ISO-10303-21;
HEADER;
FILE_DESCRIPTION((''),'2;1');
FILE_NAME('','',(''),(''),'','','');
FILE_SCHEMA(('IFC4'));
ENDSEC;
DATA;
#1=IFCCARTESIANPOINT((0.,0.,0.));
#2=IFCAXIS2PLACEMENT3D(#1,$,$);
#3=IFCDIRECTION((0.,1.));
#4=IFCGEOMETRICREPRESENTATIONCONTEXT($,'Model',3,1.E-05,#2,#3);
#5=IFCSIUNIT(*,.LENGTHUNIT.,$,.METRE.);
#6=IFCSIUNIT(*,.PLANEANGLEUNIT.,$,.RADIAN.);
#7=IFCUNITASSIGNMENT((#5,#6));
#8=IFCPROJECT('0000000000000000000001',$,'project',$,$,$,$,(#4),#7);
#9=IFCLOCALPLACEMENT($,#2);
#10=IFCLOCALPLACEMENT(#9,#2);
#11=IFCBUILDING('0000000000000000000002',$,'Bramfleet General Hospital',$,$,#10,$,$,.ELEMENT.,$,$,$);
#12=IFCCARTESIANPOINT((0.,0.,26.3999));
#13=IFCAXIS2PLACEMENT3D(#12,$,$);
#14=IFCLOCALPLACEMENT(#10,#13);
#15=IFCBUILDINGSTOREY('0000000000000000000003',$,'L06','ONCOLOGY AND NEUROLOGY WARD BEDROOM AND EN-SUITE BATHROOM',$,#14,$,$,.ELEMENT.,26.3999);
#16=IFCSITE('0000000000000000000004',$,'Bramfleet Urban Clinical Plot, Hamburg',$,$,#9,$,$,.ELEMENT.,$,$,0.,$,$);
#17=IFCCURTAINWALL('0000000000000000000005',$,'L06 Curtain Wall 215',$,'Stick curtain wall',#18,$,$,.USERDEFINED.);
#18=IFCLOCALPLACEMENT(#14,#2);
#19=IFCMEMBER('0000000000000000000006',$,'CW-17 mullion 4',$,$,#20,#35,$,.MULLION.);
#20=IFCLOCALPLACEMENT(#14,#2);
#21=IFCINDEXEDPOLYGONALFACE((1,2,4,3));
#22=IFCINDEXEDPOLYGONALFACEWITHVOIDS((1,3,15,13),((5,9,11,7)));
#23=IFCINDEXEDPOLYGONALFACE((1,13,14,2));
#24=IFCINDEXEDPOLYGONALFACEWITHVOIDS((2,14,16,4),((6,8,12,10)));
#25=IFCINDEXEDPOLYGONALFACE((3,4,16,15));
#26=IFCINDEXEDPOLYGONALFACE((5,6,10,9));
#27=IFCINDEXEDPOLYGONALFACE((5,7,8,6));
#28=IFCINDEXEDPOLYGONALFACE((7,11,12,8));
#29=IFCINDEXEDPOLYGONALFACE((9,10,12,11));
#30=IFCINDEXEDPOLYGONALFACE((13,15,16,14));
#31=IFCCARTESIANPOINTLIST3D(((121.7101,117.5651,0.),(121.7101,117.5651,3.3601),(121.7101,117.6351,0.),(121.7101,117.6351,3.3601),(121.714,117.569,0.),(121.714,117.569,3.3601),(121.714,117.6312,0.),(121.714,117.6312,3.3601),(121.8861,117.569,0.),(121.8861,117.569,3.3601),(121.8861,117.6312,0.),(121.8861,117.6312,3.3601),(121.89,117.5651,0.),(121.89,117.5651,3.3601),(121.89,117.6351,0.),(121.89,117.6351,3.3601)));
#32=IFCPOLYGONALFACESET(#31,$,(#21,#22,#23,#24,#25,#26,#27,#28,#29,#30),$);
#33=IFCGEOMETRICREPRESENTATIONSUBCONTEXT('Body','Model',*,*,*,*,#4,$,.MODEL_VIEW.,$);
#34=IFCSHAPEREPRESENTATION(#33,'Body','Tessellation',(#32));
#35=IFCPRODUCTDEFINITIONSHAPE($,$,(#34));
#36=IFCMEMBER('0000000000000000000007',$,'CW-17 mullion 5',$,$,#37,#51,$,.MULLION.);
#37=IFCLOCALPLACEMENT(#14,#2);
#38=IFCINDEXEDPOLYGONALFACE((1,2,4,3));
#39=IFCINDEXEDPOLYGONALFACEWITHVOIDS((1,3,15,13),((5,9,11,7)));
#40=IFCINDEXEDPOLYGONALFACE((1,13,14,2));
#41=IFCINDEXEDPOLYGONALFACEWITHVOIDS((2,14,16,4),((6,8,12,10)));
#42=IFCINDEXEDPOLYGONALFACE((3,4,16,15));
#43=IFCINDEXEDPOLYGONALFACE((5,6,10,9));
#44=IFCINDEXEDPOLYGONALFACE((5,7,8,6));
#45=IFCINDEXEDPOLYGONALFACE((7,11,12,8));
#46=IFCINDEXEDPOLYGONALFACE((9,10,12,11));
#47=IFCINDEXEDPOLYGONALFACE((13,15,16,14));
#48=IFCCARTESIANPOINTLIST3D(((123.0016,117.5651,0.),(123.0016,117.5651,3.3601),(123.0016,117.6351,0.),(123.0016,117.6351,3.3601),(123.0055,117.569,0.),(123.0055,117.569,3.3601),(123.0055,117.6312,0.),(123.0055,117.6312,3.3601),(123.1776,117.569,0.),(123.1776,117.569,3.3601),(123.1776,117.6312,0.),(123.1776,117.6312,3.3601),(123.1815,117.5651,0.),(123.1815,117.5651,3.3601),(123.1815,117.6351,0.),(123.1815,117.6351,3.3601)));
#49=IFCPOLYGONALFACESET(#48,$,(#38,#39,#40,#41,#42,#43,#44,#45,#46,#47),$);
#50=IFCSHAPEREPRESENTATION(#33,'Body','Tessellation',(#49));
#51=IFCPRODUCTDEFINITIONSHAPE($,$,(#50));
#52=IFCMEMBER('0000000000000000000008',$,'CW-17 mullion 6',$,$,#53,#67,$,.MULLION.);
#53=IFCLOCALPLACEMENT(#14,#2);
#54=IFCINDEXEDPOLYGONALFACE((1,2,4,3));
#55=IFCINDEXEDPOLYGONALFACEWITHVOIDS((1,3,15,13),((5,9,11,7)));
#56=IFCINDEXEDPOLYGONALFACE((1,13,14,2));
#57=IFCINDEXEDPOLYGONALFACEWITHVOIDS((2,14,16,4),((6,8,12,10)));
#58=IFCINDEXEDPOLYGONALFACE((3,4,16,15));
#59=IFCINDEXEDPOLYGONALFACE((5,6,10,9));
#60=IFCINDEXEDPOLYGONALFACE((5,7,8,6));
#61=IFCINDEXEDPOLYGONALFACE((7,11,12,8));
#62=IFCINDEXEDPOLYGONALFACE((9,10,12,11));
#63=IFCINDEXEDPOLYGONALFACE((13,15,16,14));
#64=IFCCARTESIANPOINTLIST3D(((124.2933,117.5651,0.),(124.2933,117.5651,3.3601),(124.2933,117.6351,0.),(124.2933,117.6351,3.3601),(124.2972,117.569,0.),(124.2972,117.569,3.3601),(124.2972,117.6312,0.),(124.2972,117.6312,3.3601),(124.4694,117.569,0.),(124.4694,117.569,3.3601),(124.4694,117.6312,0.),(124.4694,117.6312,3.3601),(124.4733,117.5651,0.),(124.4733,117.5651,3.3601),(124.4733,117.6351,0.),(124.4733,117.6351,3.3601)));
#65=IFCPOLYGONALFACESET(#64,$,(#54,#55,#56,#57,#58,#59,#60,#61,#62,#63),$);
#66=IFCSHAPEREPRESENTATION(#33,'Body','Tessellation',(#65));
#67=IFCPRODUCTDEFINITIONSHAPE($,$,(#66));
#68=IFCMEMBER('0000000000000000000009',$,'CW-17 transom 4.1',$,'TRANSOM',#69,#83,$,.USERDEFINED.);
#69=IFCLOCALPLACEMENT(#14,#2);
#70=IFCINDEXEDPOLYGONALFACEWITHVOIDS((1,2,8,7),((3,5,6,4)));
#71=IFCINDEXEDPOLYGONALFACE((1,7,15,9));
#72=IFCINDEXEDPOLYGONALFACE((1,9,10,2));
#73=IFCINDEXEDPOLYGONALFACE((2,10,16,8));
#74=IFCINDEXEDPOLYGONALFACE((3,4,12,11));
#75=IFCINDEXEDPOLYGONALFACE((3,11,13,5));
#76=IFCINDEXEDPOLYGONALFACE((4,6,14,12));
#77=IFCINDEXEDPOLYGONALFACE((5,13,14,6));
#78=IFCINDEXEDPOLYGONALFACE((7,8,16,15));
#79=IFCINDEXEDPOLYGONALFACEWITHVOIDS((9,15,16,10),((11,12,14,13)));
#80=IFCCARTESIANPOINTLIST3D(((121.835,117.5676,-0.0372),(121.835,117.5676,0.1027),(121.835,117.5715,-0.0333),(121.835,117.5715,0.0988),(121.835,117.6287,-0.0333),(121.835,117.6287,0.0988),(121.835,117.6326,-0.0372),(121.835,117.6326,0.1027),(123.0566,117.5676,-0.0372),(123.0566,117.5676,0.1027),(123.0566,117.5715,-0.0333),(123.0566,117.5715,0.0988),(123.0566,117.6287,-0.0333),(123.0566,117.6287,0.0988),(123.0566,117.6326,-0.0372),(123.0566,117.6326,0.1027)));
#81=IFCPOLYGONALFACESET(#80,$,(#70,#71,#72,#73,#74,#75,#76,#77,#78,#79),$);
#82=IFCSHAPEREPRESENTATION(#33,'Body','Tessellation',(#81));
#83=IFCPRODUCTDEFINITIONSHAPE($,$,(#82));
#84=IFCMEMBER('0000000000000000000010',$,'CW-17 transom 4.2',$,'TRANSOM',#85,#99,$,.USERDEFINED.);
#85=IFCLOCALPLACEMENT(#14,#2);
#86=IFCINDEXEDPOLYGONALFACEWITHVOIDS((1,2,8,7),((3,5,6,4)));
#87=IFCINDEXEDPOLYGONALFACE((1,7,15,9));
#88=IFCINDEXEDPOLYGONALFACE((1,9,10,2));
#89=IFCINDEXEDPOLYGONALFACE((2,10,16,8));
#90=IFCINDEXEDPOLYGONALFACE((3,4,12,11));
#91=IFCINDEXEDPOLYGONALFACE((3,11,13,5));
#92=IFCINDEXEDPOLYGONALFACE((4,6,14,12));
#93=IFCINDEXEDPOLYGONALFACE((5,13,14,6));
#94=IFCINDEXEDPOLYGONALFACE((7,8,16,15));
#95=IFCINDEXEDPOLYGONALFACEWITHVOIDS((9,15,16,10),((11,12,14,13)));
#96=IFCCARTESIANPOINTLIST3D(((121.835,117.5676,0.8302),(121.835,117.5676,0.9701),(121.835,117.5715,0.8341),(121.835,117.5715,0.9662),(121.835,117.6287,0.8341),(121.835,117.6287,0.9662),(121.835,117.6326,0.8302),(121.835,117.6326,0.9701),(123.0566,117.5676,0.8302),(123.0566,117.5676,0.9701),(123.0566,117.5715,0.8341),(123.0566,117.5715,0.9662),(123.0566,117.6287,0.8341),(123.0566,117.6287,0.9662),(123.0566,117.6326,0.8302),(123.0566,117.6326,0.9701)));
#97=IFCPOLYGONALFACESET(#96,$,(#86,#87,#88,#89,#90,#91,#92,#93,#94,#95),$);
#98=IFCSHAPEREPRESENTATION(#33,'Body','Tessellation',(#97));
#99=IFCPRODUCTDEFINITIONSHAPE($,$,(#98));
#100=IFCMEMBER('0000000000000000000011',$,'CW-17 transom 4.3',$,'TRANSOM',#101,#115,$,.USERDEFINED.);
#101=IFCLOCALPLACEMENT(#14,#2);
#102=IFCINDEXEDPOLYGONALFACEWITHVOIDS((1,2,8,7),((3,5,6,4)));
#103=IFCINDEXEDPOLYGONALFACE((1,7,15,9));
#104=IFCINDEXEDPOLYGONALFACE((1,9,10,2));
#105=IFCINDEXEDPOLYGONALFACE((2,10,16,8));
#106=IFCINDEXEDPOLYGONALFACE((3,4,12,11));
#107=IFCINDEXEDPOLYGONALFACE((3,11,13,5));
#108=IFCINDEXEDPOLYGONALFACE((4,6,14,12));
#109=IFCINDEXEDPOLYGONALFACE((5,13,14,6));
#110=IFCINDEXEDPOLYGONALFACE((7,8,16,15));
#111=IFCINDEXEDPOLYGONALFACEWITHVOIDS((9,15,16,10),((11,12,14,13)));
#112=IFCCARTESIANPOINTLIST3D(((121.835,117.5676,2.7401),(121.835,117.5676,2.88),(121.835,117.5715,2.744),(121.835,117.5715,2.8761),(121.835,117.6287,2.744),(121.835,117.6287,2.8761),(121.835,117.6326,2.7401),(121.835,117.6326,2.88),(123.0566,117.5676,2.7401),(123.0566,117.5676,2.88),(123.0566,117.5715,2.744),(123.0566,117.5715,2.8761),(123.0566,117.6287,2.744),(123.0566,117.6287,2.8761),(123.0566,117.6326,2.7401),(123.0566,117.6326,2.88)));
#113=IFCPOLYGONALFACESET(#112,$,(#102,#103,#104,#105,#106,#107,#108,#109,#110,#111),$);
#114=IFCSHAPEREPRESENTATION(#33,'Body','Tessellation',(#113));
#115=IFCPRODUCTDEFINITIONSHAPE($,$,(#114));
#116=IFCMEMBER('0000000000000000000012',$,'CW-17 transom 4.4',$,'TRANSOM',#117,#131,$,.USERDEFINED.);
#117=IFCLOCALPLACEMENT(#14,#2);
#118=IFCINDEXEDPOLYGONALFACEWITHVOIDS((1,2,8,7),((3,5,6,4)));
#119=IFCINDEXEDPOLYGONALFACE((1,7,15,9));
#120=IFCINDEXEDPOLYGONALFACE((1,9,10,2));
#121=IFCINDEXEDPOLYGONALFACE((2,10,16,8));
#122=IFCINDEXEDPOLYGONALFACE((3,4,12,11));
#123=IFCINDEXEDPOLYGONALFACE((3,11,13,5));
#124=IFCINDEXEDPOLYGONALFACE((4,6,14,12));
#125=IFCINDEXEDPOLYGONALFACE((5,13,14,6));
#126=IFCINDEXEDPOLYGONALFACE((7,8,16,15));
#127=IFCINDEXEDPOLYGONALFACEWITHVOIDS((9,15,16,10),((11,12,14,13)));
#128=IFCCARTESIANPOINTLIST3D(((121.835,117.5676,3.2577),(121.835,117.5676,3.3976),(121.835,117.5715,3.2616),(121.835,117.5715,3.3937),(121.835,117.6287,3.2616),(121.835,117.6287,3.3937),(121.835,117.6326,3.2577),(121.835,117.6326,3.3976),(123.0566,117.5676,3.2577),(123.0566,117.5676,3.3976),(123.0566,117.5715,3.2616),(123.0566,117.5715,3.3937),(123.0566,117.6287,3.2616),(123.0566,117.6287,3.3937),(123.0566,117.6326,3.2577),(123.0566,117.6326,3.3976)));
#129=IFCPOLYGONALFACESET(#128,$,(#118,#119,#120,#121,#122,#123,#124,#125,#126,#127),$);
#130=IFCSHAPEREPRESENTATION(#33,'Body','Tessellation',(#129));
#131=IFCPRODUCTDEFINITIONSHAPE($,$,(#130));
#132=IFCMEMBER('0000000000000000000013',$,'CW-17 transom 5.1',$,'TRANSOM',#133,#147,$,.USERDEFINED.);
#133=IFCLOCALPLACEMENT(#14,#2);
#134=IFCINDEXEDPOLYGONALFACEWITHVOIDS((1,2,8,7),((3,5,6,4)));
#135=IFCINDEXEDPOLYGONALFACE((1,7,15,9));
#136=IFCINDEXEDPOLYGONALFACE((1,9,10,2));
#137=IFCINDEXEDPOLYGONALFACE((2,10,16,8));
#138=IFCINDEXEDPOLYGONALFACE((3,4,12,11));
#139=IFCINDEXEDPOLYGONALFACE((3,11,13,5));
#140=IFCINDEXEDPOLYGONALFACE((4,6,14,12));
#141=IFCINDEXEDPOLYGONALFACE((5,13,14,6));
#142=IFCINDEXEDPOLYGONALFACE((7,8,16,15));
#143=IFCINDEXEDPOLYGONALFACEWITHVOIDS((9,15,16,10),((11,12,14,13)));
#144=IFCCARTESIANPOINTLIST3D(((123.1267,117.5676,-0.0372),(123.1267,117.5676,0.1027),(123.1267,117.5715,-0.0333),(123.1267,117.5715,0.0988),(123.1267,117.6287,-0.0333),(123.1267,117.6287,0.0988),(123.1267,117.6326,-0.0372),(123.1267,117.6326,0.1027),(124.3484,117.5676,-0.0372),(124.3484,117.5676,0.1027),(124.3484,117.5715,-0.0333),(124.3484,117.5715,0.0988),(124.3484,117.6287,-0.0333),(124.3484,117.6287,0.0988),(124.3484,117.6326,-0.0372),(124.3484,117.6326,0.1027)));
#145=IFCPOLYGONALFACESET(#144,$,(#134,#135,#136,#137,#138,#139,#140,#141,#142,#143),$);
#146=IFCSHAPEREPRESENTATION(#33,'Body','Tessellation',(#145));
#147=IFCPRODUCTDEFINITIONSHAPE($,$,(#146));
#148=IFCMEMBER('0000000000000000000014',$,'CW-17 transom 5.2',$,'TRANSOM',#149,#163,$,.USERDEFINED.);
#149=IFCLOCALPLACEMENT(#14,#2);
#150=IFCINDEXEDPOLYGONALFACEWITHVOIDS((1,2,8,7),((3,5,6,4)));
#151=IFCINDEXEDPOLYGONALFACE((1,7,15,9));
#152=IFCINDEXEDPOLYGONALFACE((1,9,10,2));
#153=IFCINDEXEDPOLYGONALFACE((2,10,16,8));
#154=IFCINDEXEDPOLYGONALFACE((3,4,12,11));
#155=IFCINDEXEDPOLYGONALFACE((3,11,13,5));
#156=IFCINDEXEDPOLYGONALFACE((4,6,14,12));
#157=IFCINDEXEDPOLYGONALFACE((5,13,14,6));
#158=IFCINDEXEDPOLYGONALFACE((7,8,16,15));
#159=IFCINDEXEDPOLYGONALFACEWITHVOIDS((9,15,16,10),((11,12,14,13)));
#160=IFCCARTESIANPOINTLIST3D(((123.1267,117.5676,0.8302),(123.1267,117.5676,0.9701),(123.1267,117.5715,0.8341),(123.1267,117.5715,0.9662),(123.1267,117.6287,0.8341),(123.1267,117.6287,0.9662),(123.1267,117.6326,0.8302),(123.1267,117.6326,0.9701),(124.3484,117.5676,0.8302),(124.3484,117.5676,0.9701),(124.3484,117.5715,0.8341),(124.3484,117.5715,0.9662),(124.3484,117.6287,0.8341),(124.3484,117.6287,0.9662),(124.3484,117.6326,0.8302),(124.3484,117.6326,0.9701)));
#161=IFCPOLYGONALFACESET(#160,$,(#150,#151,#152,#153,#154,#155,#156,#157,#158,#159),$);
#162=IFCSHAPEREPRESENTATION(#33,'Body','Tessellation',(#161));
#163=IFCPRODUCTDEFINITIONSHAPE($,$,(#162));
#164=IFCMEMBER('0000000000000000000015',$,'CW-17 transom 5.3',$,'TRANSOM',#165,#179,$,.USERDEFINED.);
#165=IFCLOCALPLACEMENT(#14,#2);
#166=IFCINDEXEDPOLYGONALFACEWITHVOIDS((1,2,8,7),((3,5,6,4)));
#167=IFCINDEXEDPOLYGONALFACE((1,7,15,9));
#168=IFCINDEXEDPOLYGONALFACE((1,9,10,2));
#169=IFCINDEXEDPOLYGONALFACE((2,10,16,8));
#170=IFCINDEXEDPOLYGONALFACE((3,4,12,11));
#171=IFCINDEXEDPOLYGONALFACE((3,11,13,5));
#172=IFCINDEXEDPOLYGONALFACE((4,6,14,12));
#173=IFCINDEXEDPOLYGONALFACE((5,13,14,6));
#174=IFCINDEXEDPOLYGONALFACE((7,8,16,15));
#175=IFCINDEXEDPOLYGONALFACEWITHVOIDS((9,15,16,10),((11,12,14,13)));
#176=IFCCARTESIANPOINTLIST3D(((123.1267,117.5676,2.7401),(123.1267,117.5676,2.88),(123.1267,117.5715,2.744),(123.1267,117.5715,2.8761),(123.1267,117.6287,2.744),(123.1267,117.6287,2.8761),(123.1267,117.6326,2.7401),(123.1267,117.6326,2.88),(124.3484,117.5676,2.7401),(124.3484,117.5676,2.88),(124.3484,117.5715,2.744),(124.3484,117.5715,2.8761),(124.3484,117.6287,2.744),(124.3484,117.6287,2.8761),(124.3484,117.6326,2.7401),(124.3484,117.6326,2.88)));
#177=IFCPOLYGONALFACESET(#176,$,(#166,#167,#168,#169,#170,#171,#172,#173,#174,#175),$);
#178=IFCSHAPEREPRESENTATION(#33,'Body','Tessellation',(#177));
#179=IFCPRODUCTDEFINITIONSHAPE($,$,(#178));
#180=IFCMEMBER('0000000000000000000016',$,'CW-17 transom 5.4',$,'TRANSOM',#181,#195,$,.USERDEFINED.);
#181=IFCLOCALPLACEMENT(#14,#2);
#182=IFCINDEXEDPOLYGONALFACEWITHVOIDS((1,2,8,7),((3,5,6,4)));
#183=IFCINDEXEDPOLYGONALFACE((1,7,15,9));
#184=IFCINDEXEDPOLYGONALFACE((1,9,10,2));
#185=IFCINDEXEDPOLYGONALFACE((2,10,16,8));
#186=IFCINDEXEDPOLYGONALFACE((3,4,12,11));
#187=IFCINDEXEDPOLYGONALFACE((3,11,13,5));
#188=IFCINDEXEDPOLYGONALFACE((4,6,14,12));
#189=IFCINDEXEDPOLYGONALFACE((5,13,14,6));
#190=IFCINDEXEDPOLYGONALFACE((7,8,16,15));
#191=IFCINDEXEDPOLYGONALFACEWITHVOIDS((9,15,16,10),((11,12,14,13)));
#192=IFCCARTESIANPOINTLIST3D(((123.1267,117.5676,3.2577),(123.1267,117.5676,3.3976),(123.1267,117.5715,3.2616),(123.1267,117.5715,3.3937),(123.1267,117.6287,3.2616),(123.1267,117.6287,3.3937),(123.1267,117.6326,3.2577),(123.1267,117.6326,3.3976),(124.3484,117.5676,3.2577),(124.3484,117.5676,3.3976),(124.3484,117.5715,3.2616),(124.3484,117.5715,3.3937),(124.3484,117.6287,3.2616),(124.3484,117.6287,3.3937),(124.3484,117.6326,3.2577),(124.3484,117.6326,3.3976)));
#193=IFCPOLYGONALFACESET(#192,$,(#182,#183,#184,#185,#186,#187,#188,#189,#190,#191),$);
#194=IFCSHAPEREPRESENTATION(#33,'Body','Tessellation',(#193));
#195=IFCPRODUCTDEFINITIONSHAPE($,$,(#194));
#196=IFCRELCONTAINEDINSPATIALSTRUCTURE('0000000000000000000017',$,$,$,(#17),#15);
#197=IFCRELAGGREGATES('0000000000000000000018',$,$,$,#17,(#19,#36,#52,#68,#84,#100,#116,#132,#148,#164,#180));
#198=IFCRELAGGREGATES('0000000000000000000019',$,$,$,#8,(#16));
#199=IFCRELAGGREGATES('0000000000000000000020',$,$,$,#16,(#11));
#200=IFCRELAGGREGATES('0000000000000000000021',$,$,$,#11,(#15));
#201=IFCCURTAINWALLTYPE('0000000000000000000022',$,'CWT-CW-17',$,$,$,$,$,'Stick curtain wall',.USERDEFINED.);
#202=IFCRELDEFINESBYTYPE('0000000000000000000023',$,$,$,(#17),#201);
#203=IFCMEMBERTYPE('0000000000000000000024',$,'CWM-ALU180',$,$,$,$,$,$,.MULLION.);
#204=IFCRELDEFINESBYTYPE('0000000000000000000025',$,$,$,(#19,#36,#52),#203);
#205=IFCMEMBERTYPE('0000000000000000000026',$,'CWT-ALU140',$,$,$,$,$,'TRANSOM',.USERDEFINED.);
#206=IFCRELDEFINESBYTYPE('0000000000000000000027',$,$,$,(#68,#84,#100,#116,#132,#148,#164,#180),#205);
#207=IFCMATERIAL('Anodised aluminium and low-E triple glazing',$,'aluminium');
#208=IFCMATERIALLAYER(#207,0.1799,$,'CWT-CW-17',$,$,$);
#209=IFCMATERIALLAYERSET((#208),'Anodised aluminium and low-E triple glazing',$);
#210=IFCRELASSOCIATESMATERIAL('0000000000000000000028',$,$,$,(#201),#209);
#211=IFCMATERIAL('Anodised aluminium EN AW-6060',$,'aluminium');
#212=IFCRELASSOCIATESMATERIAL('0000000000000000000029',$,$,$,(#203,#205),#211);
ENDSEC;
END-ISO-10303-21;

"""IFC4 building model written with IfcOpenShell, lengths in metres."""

from ifc_helpers import new_model, si_unit, direction, frame, origin, origin_2d, place, context, subcontext, project, spatial, hollow_rectangle, extrude, material, layer, layer_set, material_profile, profile_set, type_object, element, aggregate, save


model = new_model("IFC4")

# Units and contexts
model_context = context("Model", 3, precision=1e-05, world=origin(), true_north=direction((0.0, 1.0)))
body_context = subcontext(model_context, "Body", "Model", "MODEL_VIEW")
ifc_project = project(units=[si_unit("LENGTHUNIT", "METRE"), si_unit("PLANEANGLEUNIT", "RADIAN")], contexts=[model_context])

# Site, building, storey
site_placement = place(None, origin())
site = spatial("IfcSite", under=ifc_project, at=site_placement, Name="Bramfleet Urban Clinical Plot, Hamburg", CompositionType="ELEMENT", RefElevation=0.0)
building_placement = place(site_placement, origin())
building = spatial("IfcBuilding", under=site, at=building_placement, Name="Bramfleet General Hospital", CompositionType="ELEMENT")
storey_placement = place(building_placement, frame((0.0, 0.0, 26.3999)))
storey = spatial("IfcBuildingStorey", under=building, at=storey_placement, Name="L06", Description="ONCOLOGY AND NEUROLOGY WARD BEDROOM AND EN-SUITE BATHROOM", CompositionType="ELEMENT", Elevation=26.3999)

# Curtain wall, members
ifc_material_1 = material(Name="Anodised aluminium and low-E triple glazing", Category="aluminium")
ifc_layer_1 = layer(ifc_material_1, 0.1799, Name="CWT-CW-17")
ifc_layer_set_1 = layer_set([ifc_layer_1], Name="Anodised aluminium and low-E triple glazing")
curtain_wall_type = type_object("IfcCurtainWallType", Name="CWT-CW-17", ElementType="Stick curtain wall", PredefinedType="USERDEFINED", material=ifc_layer_set_1)
curtain_wall_placement = place(storey_placement, origin())
curtain_wall = element("IfcCurtainWall", 1, at=curtain_wall_placement, inside=storey, type_object=curtain_wall_type, Name="L06 Curtain Wall 215", ObjectType="Stick curtain wall", PredefinedType="USERDEFINED")
ifc_material_2 = material(Name="Anodised aluminium EN AW-6060", Category="aluminium")
ifc_material_profile_1 = material_profile(ifc_material_2, hollow_rectangle(XDim=0.0701, YDim=0.1799, WallThickness=0.0039, at=origin_2d()), Name="ALU 180x70x4.0")
ifc_profile_set_1 = profile_set([ifc_material_profile_1], Name="Anodised aluminium EN AW-6060")
member_type_1 = type_object("IfcMemberType", Name="CWM-ALU180", PredefinedType="MULLION", material=ifc_profile_set_1)
member_1_placement = place(storey_placement, frame((121.8, 117.6001, 0.0), z_axis=(0.0, 0.0, 1.0), x_axis=(0.0, 1.0, 0.0)))
member_1 = element("IfcMember", 2, at=member_1_placement, type_object=member_type_1, Name="CW-17 mullion 4", PredefinedType="MULLION", context=body_context, shape_type="SweptSolid", body=[
    extrude(hollow_rectangle(XDim=0.0701, YDim=0.1799, WallThickness=0.0039, at=origin_2d()), origin(), (0.0, 0.0, 1.0), 3.3601),
])
member_2_placement = place(storey_placement, frame((123.0916, 117.6001, 0.0), z_axis=(0.0, 0.0, 1.0), x_axis=(0.0, 1.0, 0.0)))
member_2 = element("IfcMember", 3, at=member_2_placement, type_object=member_type_1, Name="CW-17 mullion 5", PredefinedType="MULLION", context=body_context, shape_type="SweptSolid", body=[
    extrude(hollow_rectangle(XDim=0.0701, YDim=0.1799, WallThickness=0.0039, at=origin_2d()), origin(), (0.0, 0.0, 1.0), 3.3601),
])
member_3_placement = place(storey_placement, frame((124.3833, 117.6001, 0.0), z_axis=(0.0, 0.0, 1.0), x_axis=(0.0, 1.0, 0.0)))
member_3 = element("IfcMember", 4, at=member_3_placement, type_object=member_type_1, Name="CW-17 mullion 6", PredefinedType="MULLION", context=body_context, shape_type="SweptSolid", body=[
    extrude(hollow_rectangle(XDim=0.0701, YDim=0.1799, WallThickness=0.0039, at=origin_2d()), origin(), (0.0, 0.0, 1.0), 3.3601),
])
ifc_material_profile_2 = material_profile(ifc_material_2, hollow_rectangle(XDim=0.0649, YDim=0.1399, WallThickness=0.0039, at=origin_2d()), Name="ALU 140x65x4.0")
ifc_profile_set_2 = profile_set([ifc_material_profile_2], Name="Anodised aluminium EN AW-6060")
member_type_2 = type_object("IfcMemberType", Name="CWT-ALU140", ElementType="TRANSOM", PredefinedType="USERDEFINED", material=ifc_profile_set_2)
member_4_placement = place(storey_placement, frame((121.835, 117.6001, 0.0327), z_axis=(1.0, 0.0, 0.0), x_axis=(0.0, 1.0, 0.0)))
member_4 = element("IfcMember", 5, at=member_4_placement, type_object=member_type_2, Name="CW-17 transom 4.1", ObjectType="TRANSOM", PredefinedType="USERDEFINED", context=body_context, shape_type="SweptSolid", body=[
    extrude(hollow_rectangle(XDim=0.0649, YDim=0.1399, WallThickness=0.0039, at=origin_2d()), origin(), (0.0, 0.0, 1.0), 1.2217),
])
member_5_placement = place(storey_placement, frame((121.835, 117.6001, 0.9001), z_axis=(1.0, 0.0, 0.0), x_axis=(0.0, 1.0, 0.0)))
member_5 = element("IfcMember", 6, at=member_5_placement, type_object=member_type_2, Name="CW-17 transom 4.2", ObjectType="TRANSOM", PredefinedType="USERDEFINED", context=body_context, shape_type="SweptSolid", body=[
    extrude(hollow_rectangle(XDim=0.0649, YDim=0.1399, WallThickness=0.0039, at=origin_2d()), origin(), (0.0, 0.0, 1.0), 1.2217),
])
member_6_placement = place(storey_placement, frame((121.835, 117.6001, 2.8101), z_axis=(1.0, 0.0, 0.0), x_axis=(0.0, 1.0, 0.0)))
member_6 = element("IfcMember", 7, at=member_6_placement, type_object=member_type_2, Name="CW-17 transom 4.3", ObjectType="TRANSOM", PredefinedType="USERDEFINED", context=body_context, shape_type="SweptSolid", body=[
    extrude(hollow_rectangle(XDim=0.0649, YDim=0.1399, WallThickness=0.0039, at=origin_2d()), origin(), (0.0, 0.0, 1.0), 1.2217),
])
member_7_placement = place(storey_placement, frame((121.835, 117.6001, 3.3276), z_axis=(1.0, 0.0, 0.0), x_axis=(0.0, 1.0, 0.0)))
member_7 = element("IfcMember", 8, at=member_7_placement, type_object=member_type_2, Name="CW-17 transom 4.4", ObjectType="TRANSOM", PredefinedType="USERDEFINED", context=body_context, shape_type="SweptSolid", body=[
    extrude(hollow_rectangle(XDim=0.0649, YDim=0.1399, WallThickness=0.0039, at=origin_2d()), origin(), (0.0, 0.0, 1.0), 1.2217),
])
member_8_placement = place(storey_placement, frame((123.1267, 117.6001, 0.0327), z_axis=(1.0, 0.0, 0.0), x_axis=(0.0, 1.0, 0.0)))
member_8 = element("IfcMember", 9, at=member_8_placement, type_object=member_type_2, Name="CW-17 transom 5.1", ObjectType="TRANSOM", PredefinedType="USERDEFINED", context=body_context, shape_type="SweptSolid", body=[
    extrude(hollow_rectangle(XDim=0.0649, YDim=0.1399, WallThickness=0.0039, at=origin_2d()), origin(), (0.0, 0.0, 1.0), 1.2217),
])
member_9_placement = place(storey_placement, frame((123.1267, 117.6001, 0.9001), z_axis=(1.0, 0.0, 0.0), x_axis=(0.0, 1.0, 0.0)))
member_9 = element("IfcMember", 10, at=member_9_placement, type_object=member_type_2, Name="CW-17 transom 5.2", ObjectType="TRANSOM", PredefinedType="USERDEFINED", context=body_context, shape_type="SweptSolid", body=[
    extrude(hollow_rectangle(XDim=0.0649, YDim=0.1399, WallThickness=0.0039, at=origin_2d()), origin(), (0.0, 0.0, 1.0), 1.2217),
])
member_10_placement = place(storey_placement, frame((123.1267, 117.6001, 2.8101), z_axis=(1.0, 0.0, 0.0), x_axis=(0.0, 1.0, 0.0)))
member_10 = element("IfcMember", 11, at=member_10_placement, type_object=member_type_2, Name="CW-17 transom 5.3", ObjectType="TRANSOM", PredefinedType="USERDEFINED", context=body_context, shape_type="SweptSolid", body=[
    extrude(hollow_rectangle(XDim=0.0649, YDim=0.1399, WallThickness=0.0039, at=origin_2d()), origin(), (0.0, 0.0, 1.0), 1.2217),
])
member_11_placement = place(storey_placement, frame((123.1267, 117.6001, 3.3276), z_axis=(1.0, 0.0, 0.0), x_axis=(0.0, 1.0, 0.0)))
member_11 = element("IfcMember", 12, at=member_11_placement, type_object=member_type_2, Name="CW-17 transom 5.4", ObjectType="TRANSOM", PredefinedType="USERDEFINED", context=body_context, shape_type="SweptSolid", body=[
    extrude(hollow_rectangle(XDim=0.0649, YDim=0.1399, WallThickness=0.0039, at=origin_2d()), origin(), (0.0, 0.0, 1.0), 1.2217),
])
aggregate(curtain_wall, [member_1, member_2, member_3, member_4, member_5, member_6, member_7, member_8, member_9, member_10, member_11])

save(model, "model.ifc")
